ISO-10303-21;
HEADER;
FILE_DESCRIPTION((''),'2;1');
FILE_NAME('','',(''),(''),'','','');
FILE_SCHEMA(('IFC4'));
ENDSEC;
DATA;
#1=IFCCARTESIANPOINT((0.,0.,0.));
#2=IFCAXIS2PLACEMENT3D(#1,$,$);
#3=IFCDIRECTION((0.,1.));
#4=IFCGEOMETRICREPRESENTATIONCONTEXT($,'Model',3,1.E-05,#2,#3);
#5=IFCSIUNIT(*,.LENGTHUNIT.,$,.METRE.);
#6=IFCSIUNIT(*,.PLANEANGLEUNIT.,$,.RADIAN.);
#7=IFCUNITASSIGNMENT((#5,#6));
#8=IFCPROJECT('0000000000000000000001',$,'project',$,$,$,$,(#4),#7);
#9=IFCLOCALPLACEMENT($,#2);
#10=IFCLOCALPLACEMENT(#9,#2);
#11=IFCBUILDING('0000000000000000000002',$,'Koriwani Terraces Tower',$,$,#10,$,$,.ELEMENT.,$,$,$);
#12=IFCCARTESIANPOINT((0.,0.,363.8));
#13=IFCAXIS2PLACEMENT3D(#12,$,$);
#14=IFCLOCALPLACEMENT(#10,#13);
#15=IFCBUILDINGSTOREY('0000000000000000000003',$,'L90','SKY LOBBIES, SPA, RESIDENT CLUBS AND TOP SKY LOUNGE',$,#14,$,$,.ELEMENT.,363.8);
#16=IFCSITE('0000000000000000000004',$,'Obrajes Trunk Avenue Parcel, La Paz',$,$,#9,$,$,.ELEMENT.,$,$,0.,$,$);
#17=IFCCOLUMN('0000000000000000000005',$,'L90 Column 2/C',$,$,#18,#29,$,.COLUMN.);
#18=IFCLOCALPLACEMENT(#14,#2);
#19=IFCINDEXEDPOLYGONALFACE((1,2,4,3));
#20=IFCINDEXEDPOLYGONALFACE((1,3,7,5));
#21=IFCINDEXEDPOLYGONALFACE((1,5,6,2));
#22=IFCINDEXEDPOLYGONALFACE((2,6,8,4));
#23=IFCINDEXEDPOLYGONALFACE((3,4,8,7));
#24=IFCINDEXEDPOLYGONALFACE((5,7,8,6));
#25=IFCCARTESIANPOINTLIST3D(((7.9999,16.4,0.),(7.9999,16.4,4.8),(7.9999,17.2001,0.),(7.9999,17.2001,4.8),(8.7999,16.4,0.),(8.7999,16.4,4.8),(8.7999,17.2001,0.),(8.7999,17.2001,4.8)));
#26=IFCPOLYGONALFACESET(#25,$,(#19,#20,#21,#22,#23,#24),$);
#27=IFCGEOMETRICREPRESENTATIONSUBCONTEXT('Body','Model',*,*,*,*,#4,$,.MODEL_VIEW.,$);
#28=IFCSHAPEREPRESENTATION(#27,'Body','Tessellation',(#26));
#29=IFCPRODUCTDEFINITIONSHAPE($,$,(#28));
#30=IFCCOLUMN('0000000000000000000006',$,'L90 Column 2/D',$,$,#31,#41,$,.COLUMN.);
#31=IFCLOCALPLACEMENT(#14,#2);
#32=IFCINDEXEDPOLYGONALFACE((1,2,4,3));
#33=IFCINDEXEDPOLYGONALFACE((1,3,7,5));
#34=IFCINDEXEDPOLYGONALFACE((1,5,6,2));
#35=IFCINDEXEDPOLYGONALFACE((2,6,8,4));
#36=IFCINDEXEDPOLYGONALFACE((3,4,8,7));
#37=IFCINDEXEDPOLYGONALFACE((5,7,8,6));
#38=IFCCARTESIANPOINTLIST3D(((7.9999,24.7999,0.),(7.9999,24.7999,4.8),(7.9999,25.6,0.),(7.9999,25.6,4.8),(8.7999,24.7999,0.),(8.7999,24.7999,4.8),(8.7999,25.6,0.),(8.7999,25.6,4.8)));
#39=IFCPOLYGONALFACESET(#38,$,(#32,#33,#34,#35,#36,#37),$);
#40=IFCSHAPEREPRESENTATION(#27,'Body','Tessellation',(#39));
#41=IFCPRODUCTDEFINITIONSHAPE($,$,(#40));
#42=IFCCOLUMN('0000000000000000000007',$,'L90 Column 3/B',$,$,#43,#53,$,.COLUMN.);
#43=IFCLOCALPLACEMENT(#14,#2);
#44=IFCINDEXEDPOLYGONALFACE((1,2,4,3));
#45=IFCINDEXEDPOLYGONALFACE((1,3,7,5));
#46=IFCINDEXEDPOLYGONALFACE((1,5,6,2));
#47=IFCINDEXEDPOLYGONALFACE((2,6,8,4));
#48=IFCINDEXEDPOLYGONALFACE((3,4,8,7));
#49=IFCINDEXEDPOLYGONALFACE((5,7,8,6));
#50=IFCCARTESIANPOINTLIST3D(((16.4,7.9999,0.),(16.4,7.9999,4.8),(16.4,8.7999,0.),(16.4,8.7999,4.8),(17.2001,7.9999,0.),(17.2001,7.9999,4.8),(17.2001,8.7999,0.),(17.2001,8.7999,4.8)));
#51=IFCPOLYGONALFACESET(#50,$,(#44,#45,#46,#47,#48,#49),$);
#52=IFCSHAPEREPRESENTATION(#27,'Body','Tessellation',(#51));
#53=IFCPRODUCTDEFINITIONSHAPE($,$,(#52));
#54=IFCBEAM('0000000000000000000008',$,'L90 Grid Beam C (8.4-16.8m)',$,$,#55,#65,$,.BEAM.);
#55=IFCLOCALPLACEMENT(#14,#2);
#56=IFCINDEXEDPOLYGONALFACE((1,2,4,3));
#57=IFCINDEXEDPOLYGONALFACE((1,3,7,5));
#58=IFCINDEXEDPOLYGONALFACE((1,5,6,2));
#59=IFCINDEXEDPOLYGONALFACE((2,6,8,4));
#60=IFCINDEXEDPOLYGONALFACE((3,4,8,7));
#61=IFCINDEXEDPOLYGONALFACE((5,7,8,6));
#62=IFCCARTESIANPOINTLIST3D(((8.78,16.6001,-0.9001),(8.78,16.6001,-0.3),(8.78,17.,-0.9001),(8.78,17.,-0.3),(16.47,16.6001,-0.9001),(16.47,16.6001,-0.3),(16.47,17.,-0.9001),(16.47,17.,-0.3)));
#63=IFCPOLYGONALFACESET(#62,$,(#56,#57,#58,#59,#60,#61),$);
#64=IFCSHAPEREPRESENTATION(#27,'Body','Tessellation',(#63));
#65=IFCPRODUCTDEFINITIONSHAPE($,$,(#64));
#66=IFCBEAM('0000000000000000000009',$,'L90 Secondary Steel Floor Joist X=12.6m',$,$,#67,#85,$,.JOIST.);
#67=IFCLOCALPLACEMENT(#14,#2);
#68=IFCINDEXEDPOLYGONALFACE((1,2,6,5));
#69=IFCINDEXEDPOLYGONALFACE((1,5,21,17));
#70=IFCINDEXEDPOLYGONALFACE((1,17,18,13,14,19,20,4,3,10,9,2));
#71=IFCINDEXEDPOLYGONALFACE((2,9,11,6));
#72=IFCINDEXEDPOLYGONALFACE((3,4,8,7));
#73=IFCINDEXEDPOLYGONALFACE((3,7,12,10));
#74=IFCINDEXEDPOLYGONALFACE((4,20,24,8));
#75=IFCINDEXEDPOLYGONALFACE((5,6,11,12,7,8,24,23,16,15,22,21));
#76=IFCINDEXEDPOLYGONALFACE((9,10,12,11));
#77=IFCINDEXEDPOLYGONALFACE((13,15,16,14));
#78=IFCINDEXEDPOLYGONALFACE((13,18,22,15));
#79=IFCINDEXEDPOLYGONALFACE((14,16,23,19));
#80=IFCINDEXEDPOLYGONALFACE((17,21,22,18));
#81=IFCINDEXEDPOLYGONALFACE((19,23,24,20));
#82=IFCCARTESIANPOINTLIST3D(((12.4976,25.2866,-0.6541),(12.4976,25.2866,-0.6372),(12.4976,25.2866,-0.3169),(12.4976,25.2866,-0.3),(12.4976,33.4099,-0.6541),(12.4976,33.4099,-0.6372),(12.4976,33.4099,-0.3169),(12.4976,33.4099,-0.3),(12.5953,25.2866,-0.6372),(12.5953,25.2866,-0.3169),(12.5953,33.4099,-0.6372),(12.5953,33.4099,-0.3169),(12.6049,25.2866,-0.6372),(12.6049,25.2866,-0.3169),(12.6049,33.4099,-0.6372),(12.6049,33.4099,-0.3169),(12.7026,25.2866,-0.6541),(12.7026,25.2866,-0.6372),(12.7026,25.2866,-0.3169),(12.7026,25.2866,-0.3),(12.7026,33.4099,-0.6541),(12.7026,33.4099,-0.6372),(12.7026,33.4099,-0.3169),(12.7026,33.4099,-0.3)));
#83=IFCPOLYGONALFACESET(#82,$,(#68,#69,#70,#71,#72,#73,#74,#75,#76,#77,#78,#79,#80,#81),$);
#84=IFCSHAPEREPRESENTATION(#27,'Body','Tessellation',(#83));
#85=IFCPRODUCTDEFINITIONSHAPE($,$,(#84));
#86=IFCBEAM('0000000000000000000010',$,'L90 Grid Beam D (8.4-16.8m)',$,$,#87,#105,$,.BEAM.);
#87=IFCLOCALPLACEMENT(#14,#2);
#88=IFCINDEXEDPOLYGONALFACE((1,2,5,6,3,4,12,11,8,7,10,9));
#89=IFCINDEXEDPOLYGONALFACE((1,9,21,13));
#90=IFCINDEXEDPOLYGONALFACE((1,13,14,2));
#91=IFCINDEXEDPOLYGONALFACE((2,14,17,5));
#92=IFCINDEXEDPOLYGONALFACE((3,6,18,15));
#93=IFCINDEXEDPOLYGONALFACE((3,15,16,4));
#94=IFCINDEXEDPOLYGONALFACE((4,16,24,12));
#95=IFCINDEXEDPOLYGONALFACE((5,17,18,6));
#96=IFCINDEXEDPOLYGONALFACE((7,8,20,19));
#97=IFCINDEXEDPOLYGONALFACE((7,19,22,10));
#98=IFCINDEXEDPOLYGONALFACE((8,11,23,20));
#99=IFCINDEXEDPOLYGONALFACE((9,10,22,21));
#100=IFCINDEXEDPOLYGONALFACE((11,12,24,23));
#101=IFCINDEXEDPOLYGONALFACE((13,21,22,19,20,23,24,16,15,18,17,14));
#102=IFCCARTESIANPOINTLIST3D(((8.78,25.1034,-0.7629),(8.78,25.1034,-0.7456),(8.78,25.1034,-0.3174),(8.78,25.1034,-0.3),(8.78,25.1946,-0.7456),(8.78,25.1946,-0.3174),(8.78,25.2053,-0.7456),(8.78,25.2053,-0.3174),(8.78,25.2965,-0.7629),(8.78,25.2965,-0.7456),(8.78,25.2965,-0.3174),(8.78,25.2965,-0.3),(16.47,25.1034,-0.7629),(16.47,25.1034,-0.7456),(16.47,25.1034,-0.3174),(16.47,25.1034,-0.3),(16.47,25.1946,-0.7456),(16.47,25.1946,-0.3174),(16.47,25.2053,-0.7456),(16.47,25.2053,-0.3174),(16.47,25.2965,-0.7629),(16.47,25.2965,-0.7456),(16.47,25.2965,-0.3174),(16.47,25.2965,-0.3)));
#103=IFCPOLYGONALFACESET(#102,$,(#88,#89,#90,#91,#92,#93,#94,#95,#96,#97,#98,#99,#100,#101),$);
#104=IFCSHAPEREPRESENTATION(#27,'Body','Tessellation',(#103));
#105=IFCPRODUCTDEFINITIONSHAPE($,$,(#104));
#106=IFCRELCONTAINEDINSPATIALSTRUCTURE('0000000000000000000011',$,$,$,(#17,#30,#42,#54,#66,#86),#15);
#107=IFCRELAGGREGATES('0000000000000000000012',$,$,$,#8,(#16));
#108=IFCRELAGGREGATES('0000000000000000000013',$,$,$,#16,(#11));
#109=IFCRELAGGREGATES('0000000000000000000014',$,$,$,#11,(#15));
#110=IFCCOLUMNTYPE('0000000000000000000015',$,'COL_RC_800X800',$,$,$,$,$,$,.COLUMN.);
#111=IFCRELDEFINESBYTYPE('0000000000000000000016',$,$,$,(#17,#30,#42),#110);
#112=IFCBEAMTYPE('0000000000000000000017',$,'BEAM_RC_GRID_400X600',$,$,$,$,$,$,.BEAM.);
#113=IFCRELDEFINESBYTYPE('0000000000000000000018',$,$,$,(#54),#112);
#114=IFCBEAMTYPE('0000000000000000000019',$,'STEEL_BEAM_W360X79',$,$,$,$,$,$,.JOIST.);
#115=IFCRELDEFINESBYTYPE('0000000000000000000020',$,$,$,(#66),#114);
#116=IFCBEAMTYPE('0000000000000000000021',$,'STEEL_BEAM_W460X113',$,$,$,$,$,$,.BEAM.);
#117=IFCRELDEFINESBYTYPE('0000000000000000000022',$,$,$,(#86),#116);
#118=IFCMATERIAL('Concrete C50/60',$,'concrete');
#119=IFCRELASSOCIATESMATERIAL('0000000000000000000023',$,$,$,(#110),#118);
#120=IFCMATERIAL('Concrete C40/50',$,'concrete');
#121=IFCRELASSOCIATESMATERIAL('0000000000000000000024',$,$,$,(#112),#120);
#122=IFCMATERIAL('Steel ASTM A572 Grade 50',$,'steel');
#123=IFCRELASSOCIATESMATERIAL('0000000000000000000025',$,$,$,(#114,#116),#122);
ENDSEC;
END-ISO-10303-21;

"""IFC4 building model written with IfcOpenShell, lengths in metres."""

from ifc_helpers import new_model, si_unit, direction, frame, origin, origin_2d, place, context, subcontext, project, spatial, rectangle, i_section, extrude, material, material_profile, profile_set, type_object, element, save


model = new_model("IFC4")

# Units and contexts
model_context = context("Model", 3, precision=1e-05, world=origin(), true_north=direction((0.0, 1.0)))
body_context = subcontext(model_context, "Body", "Model", "MODEL_VIEW")
ifc_project = project(units=[si_unit("LENGTHUNIT", "METRE"), si_unit("PLANEANGLEUNIT", "RADIAN")], contexts=[model_context])

# Site, building, storey
site_placement = place(None, origin())
site = spatial("IfcSite", under=ifc_project, at=site_placement, Name="Obrajes Trunk Avenue Parcel, La Paz", CompositionType="ELEMENT", RefElevation=0.0)
building_placement = place(site_placement, origin())
building = spatial("IfcBuilding", under=site, at=building_placement, Name="Koriwani Terraces Tower", CompositionType="ELEMENT")
storey_placement = place(building_placement, frame((0.0, 0.0, 363.8)))
storey = spatial("IfcBuildingStorey", under=building, at=storey_placement, Name="L90", Description="SKY LOBBIES, SPA, RESIDENT CLUBS AND TOP SKY LOUNGE", CompositionType="ELEMENT", Elevation=363.8)

# Columns
ifc_material_1 = material(Name="Concrete C50/60", Category="concrete")
ifc_material_profile_1 = material_profile(ifc_material_1, rectangle(XDim=0.8, YDim=0.8, at=origin_2d()), Name="Concrete C50/60", Category="LoadBearing")
ifc_profile_set_1 = profile_set([ifc_material_profile_1], Name="Concrete C50/60")
column_type = type_object("IfcColumnType", Name="COL_RC_800X800", PredefinedType="COLUMN", material=ifc_profile_set_1)
for number, where, z_axis, x_axis, name in (
    (1, (8.3999, 16.8, 0.0), (0.0, 0.0, 1.0), (1.0, 0.0, 0.0), "L90 Column 2/C"),
    (2, (8.3999, 25.2, 0.0), (0.0, 0.0, 1.0), (1.0, 0.0, 0.0), "L90 Column 2/D"),
    (3, (16.8, 8.3999, 0.0), (0.0, 0.0, 1.0), (1.0, 0.0, 0.0), "L90 Column 3/B"),
):
    element("IfcColumn", number, at=place(storey_placement, frame(where, z_axis=z_axis, x_axis=x_axis)), inside=storey, type_object=column_type, Name=name, PredefinedType="COLUMN", context=body_context, shape_type="SweptSolid", body=[
        extrude(rectangle(XDim=0.8, YDim=0.8, at=origin_2d()), origin(), (0.0, 0.0, 1.0), 4.8),
    ])

# Beams
ifc_material_2 = material(Name="Concrete C40/50", Category="concrete")
ifc_material_profile_2 = material_profile(ifc_material_2, rectangle(XDim=0.3999, YDim=0.6001, at=origin_2d()), Name="Concrete C40/50", Category="LoadBearing")
ifc_profile_set_2 = profile_set([ifc_material_profile_2], Name="Concrete C40/50")
beam_type_1 = type_object("IfcBeamType", Name="BEAM_RC_GRID_400X600", PredefinedType="BEAM", material=ifc_profile_set_2)
beam_1_placement = place(storey_placement, frame((8.78, 16.8, -0.6001), z_axis=(1.0, 0.0, 0.0), x_axis=(0.0, 1.0, 0.0)))
element("IfcBeam", 4, at=beam_1_placement, inside=storey, type_object=beam_type_1, Name="L90 Grid Beam C (8.4-16.8m)", PredefinedType="BEAM", context=body_context, shape_type="SweptSolid", body=[
    extrude(rectangle(XDim=0.3999, YDim=0.6001, at=origin_2d()), origin(), (0.0, 0.0, 1.0), 7.6899),
])
ifc_material_3 = material(Name="Steel ASTM A572 Grade 50", Category="steel")
ifc_material_profile_3 = material_profile(ifc_material_3, i_section(OverallWidth=0.2051, OverallDepth=0.354, WebThickness=0.0095, FlangeThickness=0.0168, at=origin_2d()), Name="Steel ASTM A572 Grade 50", Category="LoadBearing")
ifc_profile_set_3 = profile_set([ifc_material_profile_3], Name="Steel ASTM A572 Grade 50")
beam_type_2 = type_object("IfcBeamType", Name="STEEL_BEAM_W360X79", PredefinedType="JOIST", material=ifc_profile_set_3)
beam_2_placement = place(storey_placement, frame((12.6001, 25.2866, -0.4771), z_axis=(0.0, 1.0, 0.0), x_axis=(-1.0, 0.0, 0.0)))
element("IfcBeam", 5, at=beam_2_placement, inside=storey, type_object=beam_type_2, Name="L90 Secondary Steel Floor Joist X=12.6m", PredefinedType="JOIST", context=body_context, shape_type="SweptSolid", body=[
    extrude(i_section(OverallWidth=0.2051, OverallDepth=0.354, WebThickness=0.0095, FlangeThickness=0.0168, at=origin_2d()), origin(), (0.0, 0.0, 1.0), 8.1233),
])
ifc_material_profile_4 = material_profile(ifc_material_3, i_section(OverallWidth=0.1931, OverallDepth=0.4629, WebThickness=0.0107, FlangeThickness=0.0173, at=origin_2d()), Name="Steel ASTM A572 Grade 50", Category="LoadBearing")
ifc_profile_set_4 = profile_set([ifc_material_profile_4], Name="Steel ASTM A572 Grade 50")
beam_type_3 = type_object("IfcBeamType", Name="STEEL_BEAM_W460X113", PredefinedType="BEAM", material=ifc_profile_set_4)
beam_3_placement = place(storey_placement, frame((8.78, 25.2, -0.5315), z_axis=(1.0, 0.0, 0.0), x_axis=(0.0, 1.0, 0.0)))
element("IfcBeam", 6, at=beam_3_placement, inside=storey, type_object=beam_type_3, Name="L90 Grid Beam D (8.4-16.8m)", PredefinedType="BEAM", context=body_context, shape_type="SweptSolid", body=[
    extrude(i_section(OverallWidth=0.1931, OverallDepth=0.4629, WebThickness=0.0107, FlangeThickness=0.0173, at=origin_2d()), origin(), (0.0, 0.0, 1.0), 7.6899),
])

save(model, "model.ifc")
